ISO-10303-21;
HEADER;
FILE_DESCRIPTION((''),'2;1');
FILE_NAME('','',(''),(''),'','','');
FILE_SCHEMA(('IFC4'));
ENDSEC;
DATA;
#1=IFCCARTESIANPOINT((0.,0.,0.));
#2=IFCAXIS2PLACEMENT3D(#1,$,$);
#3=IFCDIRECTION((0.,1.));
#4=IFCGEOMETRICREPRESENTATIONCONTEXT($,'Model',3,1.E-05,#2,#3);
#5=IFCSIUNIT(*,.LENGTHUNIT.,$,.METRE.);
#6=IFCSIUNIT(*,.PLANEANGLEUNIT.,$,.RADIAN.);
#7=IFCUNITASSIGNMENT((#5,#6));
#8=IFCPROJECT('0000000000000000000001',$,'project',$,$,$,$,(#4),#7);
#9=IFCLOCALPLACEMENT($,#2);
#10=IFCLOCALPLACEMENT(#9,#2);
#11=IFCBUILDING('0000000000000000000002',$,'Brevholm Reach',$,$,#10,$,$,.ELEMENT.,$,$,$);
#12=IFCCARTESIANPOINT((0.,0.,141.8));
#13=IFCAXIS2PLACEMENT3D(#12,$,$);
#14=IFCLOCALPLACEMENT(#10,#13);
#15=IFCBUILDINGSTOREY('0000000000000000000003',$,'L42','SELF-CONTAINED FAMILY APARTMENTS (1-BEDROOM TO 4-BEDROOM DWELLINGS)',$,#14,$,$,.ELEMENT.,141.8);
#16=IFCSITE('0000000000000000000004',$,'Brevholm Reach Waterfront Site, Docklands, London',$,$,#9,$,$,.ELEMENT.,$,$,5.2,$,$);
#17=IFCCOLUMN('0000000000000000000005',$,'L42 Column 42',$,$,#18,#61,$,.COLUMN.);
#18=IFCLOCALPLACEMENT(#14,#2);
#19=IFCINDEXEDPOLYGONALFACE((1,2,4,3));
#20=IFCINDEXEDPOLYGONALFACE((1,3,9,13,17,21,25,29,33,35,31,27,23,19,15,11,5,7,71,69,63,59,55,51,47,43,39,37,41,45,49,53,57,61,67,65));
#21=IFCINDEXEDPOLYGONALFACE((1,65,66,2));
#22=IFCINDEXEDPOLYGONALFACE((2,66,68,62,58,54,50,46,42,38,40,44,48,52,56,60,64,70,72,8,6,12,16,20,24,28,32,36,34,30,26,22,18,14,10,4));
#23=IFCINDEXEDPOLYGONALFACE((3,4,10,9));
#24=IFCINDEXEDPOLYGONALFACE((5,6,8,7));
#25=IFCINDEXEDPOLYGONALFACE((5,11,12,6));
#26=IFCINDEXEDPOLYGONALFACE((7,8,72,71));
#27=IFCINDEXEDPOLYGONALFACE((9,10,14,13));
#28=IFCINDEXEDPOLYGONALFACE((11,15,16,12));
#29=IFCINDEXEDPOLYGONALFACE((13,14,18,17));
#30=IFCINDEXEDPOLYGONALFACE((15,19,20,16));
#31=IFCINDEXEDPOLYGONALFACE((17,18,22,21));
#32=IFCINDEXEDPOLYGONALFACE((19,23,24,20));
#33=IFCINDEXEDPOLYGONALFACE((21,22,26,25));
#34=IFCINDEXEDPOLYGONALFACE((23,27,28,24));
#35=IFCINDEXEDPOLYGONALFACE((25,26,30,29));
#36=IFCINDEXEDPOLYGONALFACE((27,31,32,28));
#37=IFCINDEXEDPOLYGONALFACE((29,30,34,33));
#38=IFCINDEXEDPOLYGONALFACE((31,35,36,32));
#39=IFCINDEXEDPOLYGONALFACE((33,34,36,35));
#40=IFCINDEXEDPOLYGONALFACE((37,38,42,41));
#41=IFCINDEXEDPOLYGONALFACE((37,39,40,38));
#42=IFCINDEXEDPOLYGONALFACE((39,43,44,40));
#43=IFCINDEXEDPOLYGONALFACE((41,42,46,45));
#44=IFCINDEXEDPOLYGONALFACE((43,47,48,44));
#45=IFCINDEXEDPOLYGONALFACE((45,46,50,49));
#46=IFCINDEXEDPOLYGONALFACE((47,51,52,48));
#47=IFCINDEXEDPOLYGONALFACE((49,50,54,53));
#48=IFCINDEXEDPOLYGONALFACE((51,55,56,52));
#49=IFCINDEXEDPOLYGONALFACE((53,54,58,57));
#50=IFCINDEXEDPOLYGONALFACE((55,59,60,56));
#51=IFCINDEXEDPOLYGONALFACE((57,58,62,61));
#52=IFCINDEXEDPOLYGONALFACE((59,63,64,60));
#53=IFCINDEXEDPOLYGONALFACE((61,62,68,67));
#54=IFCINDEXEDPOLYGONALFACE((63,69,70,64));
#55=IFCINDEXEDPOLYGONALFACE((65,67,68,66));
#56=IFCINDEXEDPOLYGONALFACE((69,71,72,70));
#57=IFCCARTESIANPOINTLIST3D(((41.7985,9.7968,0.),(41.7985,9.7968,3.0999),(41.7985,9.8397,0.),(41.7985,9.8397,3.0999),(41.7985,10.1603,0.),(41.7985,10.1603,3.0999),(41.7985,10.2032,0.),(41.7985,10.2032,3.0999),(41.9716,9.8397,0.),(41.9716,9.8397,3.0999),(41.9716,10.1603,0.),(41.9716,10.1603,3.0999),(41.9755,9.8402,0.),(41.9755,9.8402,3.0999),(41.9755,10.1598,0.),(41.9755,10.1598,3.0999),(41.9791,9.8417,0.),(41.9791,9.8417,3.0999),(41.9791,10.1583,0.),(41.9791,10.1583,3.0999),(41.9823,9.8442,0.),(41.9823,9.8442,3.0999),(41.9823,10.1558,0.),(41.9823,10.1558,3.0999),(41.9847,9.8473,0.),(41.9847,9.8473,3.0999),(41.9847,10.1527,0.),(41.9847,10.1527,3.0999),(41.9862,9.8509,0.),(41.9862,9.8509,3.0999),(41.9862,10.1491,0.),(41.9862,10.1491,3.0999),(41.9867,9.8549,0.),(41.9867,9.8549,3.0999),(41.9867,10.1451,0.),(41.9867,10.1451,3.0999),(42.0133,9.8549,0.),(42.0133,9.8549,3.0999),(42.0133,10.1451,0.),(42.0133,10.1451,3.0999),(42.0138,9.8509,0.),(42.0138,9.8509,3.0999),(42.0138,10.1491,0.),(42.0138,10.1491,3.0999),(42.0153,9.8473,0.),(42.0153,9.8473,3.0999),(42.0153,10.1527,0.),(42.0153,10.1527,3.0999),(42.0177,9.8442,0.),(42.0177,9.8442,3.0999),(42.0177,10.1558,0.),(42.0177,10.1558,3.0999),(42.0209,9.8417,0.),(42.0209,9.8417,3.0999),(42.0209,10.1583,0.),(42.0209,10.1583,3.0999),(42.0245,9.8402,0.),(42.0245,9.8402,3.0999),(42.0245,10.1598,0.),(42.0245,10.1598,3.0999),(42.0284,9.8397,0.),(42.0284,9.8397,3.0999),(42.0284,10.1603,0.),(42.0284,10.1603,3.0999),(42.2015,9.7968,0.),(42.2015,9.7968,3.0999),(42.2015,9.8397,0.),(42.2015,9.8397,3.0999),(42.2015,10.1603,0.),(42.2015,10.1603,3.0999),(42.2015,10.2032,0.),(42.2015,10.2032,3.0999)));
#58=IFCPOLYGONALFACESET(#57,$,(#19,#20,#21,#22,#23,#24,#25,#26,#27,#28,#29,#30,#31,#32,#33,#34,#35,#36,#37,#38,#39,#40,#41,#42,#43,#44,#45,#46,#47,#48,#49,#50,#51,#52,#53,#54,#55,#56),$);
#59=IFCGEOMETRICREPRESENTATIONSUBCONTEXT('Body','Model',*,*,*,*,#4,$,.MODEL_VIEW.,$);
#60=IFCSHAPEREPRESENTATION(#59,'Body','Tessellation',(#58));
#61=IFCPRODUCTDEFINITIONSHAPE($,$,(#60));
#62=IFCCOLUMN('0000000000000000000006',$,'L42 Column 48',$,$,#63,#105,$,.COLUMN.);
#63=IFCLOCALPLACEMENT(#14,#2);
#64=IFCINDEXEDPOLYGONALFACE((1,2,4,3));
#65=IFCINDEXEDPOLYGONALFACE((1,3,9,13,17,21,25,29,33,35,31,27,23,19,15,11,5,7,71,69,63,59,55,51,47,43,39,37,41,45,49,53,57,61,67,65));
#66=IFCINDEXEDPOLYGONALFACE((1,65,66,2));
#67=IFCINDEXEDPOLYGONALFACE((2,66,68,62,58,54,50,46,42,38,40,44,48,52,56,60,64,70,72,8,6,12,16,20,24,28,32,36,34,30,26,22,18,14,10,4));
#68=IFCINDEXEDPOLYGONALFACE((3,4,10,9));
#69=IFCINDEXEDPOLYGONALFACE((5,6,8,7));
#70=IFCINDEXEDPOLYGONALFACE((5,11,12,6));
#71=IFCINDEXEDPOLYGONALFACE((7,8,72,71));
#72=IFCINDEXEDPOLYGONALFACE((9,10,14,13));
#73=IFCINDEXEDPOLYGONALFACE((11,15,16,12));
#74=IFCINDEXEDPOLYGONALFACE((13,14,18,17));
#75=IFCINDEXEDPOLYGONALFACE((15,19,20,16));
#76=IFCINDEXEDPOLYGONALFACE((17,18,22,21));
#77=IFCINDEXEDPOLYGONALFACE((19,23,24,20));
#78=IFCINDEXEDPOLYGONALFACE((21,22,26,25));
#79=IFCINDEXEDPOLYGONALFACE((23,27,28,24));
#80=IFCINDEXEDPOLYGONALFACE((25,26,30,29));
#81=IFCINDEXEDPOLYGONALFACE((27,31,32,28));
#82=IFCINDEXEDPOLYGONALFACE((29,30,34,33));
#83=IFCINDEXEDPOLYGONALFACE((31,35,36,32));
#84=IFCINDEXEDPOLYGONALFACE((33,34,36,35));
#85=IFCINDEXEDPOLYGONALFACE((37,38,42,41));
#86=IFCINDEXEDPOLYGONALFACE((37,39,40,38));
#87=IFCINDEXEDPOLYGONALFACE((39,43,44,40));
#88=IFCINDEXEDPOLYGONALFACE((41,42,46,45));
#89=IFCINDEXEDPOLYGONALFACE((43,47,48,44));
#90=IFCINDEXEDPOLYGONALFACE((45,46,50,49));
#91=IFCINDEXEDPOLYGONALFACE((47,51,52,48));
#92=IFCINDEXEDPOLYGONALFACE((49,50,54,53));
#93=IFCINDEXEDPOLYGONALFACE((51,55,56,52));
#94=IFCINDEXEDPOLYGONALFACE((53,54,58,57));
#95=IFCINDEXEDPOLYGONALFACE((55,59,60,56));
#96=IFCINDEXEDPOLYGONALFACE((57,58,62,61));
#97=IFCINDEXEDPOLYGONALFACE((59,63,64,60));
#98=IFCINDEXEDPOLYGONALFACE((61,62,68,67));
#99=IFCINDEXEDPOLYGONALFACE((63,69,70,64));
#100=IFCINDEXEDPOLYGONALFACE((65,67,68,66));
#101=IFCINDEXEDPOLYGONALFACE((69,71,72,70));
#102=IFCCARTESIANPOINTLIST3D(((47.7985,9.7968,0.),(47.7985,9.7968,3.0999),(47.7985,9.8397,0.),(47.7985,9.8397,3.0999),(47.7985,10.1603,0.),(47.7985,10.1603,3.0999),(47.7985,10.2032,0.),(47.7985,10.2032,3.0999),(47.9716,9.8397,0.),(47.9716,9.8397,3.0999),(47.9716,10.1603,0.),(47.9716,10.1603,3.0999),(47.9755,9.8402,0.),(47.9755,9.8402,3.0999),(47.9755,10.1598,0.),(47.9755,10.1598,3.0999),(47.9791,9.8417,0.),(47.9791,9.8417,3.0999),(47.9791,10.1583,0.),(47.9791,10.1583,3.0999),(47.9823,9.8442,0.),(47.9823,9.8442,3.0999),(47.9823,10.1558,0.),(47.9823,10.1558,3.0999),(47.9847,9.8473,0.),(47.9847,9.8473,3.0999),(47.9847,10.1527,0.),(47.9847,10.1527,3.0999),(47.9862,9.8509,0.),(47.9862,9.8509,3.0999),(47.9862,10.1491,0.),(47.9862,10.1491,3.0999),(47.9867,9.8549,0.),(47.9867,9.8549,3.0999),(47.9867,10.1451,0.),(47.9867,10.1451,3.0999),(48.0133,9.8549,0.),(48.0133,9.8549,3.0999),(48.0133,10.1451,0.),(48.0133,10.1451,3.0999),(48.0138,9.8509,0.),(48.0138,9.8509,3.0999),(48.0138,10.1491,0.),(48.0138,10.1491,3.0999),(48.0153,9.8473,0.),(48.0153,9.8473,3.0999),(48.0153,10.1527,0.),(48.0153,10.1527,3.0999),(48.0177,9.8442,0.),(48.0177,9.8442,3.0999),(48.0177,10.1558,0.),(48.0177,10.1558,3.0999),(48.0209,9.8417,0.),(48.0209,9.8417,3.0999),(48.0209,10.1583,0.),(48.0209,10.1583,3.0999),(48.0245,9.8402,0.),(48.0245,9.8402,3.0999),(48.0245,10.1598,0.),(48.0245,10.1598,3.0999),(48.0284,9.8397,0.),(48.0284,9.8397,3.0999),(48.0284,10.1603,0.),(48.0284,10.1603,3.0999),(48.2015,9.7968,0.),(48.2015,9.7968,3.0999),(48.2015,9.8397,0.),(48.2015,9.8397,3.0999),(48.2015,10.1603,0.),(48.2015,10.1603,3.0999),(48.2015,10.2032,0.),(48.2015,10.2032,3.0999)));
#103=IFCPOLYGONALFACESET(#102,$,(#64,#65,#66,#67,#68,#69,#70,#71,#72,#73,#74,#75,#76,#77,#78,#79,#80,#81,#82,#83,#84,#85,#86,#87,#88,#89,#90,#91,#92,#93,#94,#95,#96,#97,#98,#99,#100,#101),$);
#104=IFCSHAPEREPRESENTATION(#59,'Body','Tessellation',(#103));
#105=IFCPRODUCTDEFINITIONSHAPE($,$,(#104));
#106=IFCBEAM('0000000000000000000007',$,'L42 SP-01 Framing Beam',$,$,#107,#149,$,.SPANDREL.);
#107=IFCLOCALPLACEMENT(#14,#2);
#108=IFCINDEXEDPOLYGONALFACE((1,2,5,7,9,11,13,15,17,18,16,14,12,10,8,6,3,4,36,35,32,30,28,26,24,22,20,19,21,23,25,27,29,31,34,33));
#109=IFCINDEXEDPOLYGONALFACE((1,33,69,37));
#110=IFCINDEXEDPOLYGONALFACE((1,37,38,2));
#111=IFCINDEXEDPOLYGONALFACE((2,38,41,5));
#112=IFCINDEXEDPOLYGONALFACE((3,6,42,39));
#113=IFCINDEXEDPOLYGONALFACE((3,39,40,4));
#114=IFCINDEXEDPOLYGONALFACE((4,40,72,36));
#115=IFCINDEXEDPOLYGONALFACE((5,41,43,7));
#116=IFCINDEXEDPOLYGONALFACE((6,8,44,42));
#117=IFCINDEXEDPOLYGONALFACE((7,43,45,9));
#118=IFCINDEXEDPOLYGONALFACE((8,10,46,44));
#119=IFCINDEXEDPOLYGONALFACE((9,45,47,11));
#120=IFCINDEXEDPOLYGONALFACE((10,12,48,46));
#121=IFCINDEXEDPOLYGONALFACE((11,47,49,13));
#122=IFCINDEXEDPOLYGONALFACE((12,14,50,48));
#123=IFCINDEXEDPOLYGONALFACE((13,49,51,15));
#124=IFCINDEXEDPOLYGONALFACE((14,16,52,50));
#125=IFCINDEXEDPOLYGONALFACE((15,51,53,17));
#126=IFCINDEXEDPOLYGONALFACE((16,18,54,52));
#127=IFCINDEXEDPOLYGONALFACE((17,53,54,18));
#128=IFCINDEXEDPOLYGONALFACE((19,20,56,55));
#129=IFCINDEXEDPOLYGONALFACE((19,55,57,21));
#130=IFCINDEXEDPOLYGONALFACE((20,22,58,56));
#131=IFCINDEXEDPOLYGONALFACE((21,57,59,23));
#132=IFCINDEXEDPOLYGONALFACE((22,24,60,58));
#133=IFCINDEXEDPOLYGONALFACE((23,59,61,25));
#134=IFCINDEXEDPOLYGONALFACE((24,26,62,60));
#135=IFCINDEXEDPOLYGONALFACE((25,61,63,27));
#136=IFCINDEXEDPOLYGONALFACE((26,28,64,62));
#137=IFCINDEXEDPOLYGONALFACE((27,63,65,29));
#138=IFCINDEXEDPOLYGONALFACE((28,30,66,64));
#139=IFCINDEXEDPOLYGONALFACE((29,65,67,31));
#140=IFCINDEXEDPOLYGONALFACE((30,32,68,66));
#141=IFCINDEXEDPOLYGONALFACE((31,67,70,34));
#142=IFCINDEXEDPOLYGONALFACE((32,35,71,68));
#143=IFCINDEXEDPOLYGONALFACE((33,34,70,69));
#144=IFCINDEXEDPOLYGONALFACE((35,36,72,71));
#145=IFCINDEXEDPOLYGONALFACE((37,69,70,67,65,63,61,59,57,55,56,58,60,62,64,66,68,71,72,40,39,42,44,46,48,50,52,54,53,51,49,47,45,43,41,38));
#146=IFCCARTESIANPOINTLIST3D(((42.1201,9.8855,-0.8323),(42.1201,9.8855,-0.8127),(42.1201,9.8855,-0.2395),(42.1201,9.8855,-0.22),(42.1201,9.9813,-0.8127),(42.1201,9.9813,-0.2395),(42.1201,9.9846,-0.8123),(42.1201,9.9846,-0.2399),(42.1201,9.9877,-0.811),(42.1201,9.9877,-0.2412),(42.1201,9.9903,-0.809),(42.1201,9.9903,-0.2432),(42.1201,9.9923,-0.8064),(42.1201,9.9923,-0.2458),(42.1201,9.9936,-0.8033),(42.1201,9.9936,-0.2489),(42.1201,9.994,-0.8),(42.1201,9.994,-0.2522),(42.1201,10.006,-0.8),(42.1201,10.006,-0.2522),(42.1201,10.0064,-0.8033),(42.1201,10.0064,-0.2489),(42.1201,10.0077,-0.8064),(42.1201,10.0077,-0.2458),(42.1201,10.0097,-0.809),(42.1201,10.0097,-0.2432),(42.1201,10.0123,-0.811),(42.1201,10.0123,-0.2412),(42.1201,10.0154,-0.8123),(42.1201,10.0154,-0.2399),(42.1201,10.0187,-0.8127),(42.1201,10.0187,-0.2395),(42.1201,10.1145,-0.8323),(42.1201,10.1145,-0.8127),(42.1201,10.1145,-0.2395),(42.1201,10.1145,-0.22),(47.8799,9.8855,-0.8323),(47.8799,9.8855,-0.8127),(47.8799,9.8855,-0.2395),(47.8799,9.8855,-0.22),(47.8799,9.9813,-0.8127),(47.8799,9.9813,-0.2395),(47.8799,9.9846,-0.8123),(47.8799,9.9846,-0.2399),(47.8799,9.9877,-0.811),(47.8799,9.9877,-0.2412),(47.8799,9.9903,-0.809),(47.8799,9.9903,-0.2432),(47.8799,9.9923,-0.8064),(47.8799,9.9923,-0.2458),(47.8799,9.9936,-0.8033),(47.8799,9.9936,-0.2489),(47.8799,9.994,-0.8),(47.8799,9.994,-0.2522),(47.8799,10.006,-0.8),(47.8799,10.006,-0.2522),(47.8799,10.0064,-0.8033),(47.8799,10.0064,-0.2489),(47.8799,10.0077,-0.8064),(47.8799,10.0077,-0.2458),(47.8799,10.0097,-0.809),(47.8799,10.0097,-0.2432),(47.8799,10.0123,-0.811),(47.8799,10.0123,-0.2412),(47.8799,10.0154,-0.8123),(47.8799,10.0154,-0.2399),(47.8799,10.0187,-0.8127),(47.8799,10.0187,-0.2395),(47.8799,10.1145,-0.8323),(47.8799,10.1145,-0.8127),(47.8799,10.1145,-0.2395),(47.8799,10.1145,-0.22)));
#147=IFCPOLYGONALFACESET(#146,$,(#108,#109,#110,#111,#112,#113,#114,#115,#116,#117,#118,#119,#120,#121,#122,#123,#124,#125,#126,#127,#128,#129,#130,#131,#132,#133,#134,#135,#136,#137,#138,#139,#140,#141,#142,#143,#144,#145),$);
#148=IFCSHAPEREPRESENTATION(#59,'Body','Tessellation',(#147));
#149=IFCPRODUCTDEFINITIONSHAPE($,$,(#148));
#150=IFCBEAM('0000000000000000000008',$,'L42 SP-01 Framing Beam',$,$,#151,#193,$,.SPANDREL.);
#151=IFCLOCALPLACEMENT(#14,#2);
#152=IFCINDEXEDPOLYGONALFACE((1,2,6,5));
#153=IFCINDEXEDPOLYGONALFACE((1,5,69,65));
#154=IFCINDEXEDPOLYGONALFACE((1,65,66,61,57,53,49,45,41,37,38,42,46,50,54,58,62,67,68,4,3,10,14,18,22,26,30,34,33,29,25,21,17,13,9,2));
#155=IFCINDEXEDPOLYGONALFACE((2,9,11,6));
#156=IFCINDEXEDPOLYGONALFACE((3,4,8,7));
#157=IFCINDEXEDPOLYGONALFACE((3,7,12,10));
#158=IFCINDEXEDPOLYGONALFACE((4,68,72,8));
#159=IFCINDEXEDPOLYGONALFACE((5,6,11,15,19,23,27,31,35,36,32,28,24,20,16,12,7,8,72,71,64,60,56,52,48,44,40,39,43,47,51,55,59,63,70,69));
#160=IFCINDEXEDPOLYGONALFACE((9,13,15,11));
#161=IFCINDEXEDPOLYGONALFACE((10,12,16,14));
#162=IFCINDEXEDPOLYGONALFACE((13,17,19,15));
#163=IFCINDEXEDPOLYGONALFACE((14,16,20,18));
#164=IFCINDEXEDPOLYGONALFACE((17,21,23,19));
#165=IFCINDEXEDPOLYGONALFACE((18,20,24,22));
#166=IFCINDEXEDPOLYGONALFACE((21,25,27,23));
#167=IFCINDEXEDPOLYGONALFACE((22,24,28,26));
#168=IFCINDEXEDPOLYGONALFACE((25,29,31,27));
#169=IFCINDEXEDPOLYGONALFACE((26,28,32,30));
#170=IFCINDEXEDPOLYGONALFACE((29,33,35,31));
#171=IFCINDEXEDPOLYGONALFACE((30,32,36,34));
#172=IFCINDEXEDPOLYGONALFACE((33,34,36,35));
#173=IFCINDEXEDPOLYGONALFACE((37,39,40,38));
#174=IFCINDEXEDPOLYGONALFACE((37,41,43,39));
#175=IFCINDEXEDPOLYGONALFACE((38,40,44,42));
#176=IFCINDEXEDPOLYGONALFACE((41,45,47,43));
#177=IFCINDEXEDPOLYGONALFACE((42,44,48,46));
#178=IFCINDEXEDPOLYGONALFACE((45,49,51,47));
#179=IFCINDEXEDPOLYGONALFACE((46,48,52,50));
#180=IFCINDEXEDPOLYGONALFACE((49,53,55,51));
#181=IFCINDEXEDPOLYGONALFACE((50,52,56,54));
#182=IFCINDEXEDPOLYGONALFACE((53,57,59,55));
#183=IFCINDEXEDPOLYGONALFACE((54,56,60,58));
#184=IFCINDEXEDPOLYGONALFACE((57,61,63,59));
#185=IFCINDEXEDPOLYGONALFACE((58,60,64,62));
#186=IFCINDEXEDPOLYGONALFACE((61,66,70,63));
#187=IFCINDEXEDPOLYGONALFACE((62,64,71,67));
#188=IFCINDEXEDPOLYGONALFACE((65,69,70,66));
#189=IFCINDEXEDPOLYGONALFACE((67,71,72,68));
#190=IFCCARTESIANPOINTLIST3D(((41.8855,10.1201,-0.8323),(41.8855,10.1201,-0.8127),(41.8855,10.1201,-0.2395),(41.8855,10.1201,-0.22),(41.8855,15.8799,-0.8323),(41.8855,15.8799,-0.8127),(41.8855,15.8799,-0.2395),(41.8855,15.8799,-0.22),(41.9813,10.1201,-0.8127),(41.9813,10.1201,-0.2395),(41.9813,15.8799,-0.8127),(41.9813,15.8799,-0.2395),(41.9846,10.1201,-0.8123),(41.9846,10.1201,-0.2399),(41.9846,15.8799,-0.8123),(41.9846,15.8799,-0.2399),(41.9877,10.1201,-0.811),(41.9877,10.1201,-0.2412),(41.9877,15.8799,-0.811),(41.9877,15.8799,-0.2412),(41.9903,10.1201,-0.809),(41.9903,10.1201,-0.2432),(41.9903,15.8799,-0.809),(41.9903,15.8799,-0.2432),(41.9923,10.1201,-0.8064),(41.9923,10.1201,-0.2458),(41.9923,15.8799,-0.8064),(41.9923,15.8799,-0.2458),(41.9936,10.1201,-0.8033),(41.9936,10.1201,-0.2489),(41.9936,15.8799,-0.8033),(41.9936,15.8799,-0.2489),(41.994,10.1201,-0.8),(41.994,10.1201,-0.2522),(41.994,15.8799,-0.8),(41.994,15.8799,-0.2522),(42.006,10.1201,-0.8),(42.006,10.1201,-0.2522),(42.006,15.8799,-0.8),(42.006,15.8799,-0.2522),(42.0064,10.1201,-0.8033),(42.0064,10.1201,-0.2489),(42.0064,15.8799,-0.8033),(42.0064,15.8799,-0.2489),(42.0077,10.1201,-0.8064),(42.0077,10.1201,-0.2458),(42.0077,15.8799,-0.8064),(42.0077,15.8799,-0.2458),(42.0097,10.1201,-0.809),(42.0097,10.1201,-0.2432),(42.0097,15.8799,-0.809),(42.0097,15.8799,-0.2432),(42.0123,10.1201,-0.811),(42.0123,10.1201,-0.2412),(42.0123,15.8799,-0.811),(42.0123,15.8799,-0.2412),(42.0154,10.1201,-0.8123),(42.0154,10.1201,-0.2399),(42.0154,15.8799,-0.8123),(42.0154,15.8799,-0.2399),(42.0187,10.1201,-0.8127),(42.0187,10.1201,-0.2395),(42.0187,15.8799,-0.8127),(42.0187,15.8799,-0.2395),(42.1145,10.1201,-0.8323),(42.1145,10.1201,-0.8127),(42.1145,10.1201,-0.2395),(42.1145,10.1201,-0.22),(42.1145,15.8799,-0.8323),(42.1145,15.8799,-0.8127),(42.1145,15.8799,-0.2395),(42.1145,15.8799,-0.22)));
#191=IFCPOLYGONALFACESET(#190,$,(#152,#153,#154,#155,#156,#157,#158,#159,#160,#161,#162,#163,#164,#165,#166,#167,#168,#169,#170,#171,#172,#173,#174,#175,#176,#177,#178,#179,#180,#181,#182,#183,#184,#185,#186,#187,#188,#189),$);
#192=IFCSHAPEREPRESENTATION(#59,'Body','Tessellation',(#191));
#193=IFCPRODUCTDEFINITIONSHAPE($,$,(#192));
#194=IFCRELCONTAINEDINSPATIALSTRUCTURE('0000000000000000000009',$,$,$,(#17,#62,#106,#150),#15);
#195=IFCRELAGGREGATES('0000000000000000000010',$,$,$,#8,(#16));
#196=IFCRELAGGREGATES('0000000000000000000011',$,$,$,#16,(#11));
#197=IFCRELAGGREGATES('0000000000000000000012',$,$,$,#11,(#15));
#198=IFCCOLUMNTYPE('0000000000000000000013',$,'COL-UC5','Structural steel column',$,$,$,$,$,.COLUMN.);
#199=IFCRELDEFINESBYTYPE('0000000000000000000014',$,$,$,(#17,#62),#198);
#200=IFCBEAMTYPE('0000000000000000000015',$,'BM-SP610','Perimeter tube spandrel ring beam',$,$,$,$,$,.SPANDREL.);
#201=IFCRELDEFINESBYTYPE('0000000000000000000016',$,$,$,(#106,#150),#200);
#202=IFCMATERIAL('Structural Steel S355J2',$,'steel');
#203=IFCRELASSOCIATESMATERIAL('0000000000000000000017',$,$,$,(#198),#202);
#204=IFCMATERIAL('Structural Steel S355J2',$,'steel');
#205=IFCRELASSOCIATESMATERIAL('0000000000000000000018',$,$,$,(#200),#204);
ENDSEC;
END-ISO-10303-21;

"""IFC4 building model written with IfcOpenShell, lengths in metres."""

from ifc_helpers import new_model, si_unit, direction, frame, origin, origin_2d, place, context, subcontext, project, spatial, i_section, extrude, material, material_profile, profile_set, type_object, element, save


model = new_model("IFC4")

# Units and contexts
model_context = context("Model", 3, precision=1e-05, world=origin(), true_north=direction((0.0, 1.0)))
body_context = subcontext(model_context, "Body", "Model", "MODEL_VIEW")
ifc_project = project(units=[si_unit("LENGTHUNIT", "METRE"), si_unit("PLANEANGLEUNIT", "RADIAN")], contexts=[model_context])

# Site, building, storey
site_placement = place(None, origin())
site = spatial("IfcSite", under=ifc_project, at=site_placement, Name="Brevholm Reach Waterfront Site, Docklands, London", CompositionType="ELEMENT", RefElevation=5.2)
building_placement = place(site_placement, origin())
building = spatial("IfcBuilding", under=site, at=building_placement, Name="Brevholm Reach", CompositionType="ELEMENT")
storey_placement = place(building_placement, frame((0.0, 0.0, 141.8)))
storey = spatial("IfcBuildingStorey", under=building, at=storey_placement, Name="L42", Description="SELF-CONTAINED FAMILY APARTMENTS (1-BEDROOM TO 4-BEDROOM DWELLINGS)", CompositionType="ELEMENT", Elevation=141.8)

# Columns
ifc_material_1 = material(Name="Structural Steel S355J2", Category="steel")
ifc_material_profile_1 = material_profile(ifc_material_1, i_section(OverallWidth=0.4031, OverallDepth=0.4065, WebThickness=0.0266, FlangeThickness=0.043, FilletRadius=0.0151, at=origin_2d()), Name="UKC 356x406x340")
ifc_profile_set_1 = profile_set([ifc_material_profile_1], Name="Structural Steel S355J2")
column_type = type_object("IfcColumnType", Name="COL-UC5", Description="Structural steel column", PredefinedType="COLUMN", material=ifc_profile_set_1)
for number, where, z_axis, x_axis, name in (
    (1, (42.0, 10.0, 0.0), (0.0, 0.0, 1.0), (1.0, 0.0, 0.0), "L42 Column 42"),
    (2, (48.0, 10.0, 0.0), (0.0, 0.0, 1.0), (1.0, 0.0, 0.0), "L42 Column 48"),
):
    element("IfcColumn", number, at=place(storey_placement, frame(where, z_axis=z_axis, x_axis=x_axis)), inside=storey, type_object=column_type, Name=name, PredefinedType="COLUMN", context=body_context, shape_type="SweptSolid", body=[
        extrude(i_section(OverallWidth=0.4031, OverallDepth=0.4065, WebThickness=0.0266, FlangeThickness=0.043, FilletRadius=0.0151, at=origin_2d()), origin(), (0.0, 0.0, 1.0), 3.0999),
    ])

# Beams
ifc_material_2 = material(Name="Structural Steel S355J2", Category="steel")
ifc_material_profile_2 = material_profile(ifc_material_2, i_section(OverallWidth=0.229, OverallDepth=0.6123, WebThickness=0.012, FlangeThickness=0.0195, FilletRadius=0.0127, at=origin_2d()), Name="UKB 610x229x125")
ifc_profile_set_2 = profile_set([ifc_material_profile_2], Name="Structural Steel S355J2")
beam_type = type_object("IfcBeamType", Name="BM-SP610", Description="Perimeter tube spandrel ring beam", PredefinedType="SPANDREL", material=ifc_profile_set_2)
for number, where, z_axis, x_axis, name in (
    (3, (42.1201, 10.0, -0.5261), (1.0, 0.0, 0.0), (0.0, 1.0, 0.0), "L42 SP-01 Framing Beam"),
    (4, (42.0, 10.1201, -0.5261), (0.0, 1.0, 0.0), (-1.0, 0.0, 0.0), "L42 SP-01 Framing Beam"),
):
    element("IfcBeam", number, at=place(storey_placement, frame(where, z_axis=z_axis, x_axis=x_axis)), inside=storey, type_object=beam_type, Name=name, PredefinedType="SPANDREL", context=body_context, shape_type="SweptSolid", body=[
        extrude(i_section(OverallWidth=0.229, OverallDepth=0.6123, WebThickness=0.012, FlangeThickness=0.0195, FilletRadius=0.0127, at=origin_2d()), origin(), (0.0, 0.0, 1.0), 5.7598),
    ])

save(model, "model.ifc")
